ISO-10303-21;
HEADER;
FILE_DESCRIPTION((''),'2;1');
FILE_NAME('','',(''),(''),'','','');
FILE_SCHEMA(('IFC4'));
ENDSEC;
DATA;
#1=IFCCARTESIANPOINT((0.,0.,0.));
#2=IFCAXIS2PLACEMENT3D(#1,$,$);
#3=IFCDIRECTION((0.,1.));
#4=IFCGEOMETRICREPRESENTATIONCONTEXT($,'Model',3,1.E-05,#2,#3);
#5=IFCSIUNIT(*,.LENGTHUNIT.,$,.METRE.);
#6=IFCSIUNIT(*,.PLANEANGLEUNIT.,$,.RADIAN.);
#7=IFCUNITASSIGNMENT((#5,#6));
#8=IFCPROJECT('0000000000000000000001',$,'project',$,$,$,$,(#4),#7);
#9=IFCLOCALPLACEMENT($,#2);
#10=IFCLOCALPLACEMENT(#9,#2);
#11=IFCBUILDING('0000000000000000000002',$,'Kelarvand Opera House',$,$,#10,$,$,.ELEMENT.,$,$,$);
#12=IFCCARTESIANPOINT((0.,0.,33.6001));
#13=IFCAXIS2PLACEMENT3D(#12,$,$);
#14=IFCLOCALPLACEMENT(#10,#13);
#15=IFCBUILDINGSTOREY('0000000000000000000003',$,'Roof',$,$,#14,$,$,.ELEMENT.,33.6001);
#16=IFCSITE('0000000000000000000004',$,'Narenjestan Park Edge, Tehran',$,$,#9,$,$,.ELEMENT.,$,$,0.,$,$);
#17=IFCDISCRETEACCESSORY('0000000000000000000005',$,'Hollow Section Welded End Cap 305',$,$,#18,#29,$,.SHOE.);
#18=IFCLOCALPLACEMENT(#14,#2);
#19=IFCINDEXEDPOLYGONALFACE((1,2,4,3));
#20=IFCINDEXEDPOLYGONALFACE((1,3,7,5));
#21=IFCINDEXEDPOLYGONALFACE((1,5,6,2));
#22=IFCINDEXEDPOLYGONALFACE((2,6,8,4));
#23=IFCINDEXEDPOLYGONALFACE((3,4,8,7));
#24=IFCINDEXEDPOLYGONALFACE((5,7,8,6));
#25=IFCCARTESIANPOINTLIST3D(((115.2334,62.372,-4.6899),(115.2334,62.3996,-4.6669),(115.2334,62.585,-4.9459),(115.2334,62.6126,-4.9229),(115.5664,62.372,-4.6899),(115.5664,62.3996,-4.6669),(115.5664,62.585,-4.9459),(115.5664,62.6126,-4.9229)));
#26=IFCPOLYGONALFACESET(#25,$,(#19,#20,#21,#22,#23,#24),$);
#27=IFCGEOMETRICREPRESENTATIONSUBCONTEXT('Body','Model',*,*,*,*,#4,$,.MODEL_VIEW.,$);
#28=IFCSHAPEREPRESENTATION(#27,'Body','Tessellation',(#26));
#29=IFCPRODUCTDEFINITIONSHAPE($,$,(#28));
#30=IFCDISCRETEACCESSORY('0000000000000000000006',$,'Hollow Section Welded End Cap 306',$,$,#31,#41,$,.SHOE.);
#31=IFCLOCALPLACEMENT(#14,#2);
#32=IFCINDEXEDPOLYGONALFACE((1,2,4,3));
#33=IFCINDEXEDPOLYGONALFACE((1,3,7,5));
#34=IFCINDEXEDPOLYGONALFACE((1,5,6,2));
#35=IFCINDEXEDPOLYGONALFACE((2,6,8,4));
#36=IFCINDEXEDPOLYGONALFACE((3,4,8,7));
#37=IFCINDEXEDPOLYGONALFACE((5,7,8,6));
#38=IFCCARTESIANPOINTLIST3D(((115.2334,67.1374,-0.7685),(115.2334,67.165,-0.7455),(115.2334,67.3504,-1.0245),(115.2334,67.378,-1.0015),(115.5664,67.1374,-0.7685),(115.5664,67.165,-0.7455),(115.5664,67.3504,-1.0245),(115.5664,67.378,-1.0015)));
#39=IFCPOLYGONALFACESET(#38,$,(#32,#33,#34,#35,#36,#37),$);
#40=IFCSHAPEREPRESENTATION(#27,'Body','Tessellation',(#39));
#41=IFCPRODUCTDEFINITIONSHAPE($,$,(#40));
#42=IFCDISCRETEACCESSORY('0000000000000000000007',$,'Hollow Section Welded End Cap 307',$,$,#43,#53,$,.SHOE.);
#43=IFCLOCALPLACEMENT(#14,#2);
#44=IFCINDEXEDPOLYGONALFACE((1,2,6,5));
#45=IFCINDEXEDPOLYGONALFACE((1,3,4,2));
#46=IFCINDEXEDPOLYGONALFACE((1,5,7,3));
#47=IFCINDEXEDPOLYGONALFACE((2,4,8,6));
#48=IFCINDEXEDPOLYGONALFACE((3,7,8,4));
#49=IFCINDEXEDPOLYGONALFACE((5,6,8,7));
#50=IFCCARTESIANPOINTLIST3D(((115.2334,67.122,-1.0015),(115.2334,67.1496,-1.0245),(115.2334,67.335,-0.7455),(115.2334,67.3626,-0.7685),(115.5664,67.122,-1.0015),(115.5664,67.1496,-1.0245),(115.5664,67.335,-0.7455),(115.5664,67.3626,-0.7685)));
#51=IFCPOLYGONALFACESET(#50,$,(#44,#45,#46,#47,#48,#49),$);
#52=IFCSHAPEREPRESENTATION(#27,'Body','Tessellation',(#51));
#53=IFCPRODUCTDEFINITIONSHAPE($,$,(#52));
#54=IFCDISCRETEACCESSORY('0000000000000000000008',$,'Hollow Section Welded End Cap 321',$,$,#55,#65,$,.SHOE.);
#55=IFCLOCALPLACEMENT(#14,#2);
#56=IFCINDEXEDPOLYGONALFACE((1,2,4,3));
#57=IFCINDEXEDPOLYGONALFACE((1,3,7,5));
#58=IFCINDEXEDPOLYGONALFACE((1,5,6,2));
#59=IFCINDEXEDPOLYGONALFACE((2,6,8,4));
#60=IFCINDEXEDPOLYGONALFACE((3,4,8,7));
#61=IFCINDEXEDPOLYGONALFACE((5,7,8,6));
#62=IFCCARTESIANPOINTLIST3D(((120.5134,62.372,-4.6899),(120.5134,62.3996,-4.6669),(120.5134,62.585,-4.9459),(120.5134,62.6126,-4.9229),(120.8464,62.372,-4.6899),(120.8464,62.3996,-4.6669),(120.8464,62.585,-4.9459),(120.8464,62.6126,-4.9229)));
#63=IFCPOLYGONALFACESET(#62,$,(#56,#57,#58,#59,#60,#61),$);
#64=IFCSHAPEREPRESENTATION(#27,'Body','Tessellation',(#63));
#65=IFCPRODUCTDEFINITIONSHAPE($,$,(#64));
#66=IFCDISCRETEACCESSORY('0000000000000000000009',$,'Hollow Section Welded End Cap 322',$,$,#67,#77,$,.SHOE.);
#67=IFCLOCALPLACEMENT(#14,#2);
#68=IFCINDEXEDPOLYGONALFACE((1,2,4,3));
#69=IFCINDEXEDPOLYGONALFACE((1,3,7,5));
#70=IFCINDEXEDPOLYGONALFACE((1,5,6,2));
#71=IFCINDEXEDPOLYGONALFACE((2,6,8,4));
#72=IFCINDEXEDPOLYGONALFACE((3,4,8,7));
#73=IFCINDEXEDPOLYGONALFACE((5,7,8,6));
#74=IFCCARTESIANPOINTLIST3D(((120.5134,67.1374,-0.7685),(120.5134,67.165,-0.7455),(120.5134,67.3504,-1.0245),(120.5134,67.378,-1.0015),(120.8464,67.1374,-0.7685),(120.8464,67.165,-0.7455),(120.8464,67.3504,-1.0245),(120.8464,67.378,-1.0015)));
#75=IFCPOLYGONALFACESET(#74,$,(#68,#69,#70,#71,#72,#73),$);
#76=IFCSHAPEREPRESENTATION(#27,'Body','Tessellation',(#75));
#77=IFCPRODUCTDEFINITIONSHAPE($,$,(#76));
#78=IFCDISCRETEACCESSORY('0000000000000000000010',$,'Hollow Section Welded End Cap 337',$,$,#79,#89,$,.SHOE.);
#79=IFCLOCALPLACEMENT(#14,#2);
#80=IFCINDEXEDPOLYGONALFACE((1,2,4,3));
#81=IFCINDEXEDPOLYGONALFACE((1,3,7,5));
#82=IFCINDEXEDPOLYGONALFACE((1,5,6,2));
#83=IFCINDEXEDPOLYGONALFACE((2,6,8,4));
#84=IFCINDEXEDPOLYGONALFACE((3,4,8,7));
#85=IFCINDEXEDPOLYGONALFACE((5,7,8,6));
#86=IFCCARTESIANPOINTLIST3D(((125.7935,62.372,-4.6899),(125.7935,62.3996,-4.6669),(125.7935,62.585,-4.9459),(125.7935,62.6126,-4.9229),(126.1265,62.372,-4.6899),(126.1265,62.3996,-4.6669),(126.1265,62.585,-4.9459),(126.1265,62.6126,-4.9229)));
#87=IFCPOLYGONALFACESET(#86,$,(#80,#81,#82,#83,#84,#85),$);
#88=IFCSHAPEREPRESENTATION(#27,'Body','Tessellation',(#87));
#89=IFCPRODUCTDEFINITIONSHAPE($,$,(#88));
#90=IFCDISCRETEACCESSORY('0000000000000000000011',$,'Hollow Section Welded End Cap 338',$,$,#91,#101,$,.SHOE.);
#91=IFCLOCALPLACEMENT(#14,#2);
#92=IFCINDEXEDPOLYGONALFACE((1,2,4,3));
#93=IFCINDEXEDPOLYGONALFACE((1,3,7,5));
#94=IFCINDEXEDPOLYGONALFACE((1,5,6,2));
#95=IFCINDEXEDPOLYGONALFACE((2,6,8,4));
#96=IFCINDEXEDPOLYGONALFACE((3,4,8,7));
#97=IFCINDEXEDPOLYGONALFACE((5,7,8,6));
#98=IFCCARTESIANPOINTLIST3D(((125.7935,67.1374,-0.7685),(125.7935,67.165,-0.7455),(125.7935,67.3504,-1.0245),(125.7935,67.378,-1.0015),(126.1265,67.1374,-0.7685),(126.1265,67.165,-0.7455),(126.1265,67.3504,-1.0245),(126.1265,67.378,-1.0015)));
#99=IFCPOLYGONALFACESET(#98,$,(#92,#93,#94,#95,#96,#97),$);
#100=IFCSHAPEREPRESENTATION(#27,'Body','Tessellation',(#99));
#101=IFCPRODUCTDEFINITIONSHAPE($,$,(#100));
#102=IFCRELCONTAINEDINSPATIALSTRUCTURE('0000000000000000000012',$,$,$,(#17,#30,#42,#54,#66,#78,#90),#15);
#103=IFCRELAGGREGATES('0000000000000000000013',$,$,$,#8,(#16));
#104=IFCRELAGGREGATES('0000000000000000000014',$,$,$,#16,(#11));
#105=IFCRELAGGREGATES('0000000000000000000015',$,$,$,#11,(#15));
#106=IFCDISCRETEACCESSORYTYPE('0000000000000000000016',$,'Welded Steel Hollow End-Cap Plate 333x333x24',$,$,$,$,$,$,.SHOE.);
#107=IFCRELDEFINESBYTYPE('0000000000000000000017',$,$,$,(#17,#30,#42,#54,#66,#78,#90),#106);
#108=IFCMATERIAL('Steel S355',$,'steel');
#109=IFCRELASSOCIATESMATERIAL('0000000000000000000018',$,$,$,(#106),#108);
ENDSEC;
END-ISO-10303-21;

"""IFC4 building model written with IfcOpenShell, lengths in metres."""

from ifc_helpers import new_model, si_unit, direction, frame, origin, origin_2d, place, context, subcontext, project, spatial, rectangle, extrude, material, material_profile, profile_set, type_object, element, save


model = new_model("IFC4")

# Units and contexts
model_context = context("Model", 3, precision=1e-05, world=origin(), true_north=direction((0.0, 1.0)))
body_context = subcontext(model_context, "Body", "Model", "MODEL_VIEW")
ifc_project = project(units=[si_unit("LENGTHUNIT", "METRE"), si_unit("PLANEANGLEUNIT", "RADIAN")], contexts=[model_context])

# Site, building, storey
site_placement = place(None, origin())
site = spatial("IfcSite", under=ifc_project, at=site_placement, Name="Narenjestan Park Edge, Tehran", CompositionType="ELEMENT", RefElevation=0.0)
building_placement = place(site_placement, origin())
building = spatial("IfcBuilding", under=site, at=building_placement, Name="Kelarvand Opera House", CompositionType="ELEMENT")
storey_placement = place(building_placement, frame((0.0, 0.0, 33.6001)))
storey = spatial("IfcBuildingStorey", under=building, at=storey_placement, Name="Roof", CompositionType="ELEMENT", Elevation=33.6001)

# Shared definitions
ifc_material = material(Name="Steel S355", Category="steel")

# Discrete accessories
ifc_material_profile_1 = material_profile(ifc_material, rectangle(XDim=0.333, YDim=0.333, at=origin_2d()), Name="Welded Steel Hollow End-Cap Plate 333x333x24", Category="steel")
ifc_profile_set_1 = profile_set([ifc_material_profile_1], Name="Steel S355")
discrete_accessory_type = type_object("IfcDiscreteAccessoryType", Name="Welded Steel Hollow End-Cap Plate 333x333x24", PredefinedType="SHOE", material=ifc_profile_set_1)
for number, where, z_axis, x_axis, name in (
    (1, (115.3999, 62.5061, -4.7949), (0.0, -0.768779, -0.639515), (1.0, 0.0, 0.0), "Hollow Section Welded End Cap 305"),
    (2, (115.3999, 67.2439, -0.8965), (0.0, 0.768779, 0.639515), (-1.0, 0.0, 0.0), "Hollow Section Welded End Cap 306"),
    (3, (115.3999, 67.2561, -0.8965), (0.0, -0.768779, 0.639515), (1.0, 0.0, 0.0), "Hollow Section Welded End Cap 307"),
    (4, (120.6799, 62.5061, -4.7949), (0.0, -0.768779, -0.639515), (1.0, 0.0, 0.0), "Hollow Section Welded End Cap 321"),
    (5, (120.6799, 67.2439, -0.8965), (0.0, 0.768779, 0.639515), (-1.0, 0.0, 0.0), "Hollow Section Welded End Cap 322"),
    (6, (125.96, 62.5061, -4.7949), (0.0, -0.768779, -0.639515), (1.0, 0.0, 0.0), "Hollow Section Welded End Cap 337"),
    (7, (125.96, 67.2439, -0.8965), (0.0, 0.768779, 0.639515), (-1.0, 0.0, 0.0), "Hollow Section Welded End Cap 338"),
):
    element("IfcDiscreteAccessory", number, at=place(storey_placement, frame(where, z_axis=z_axis, x_axis=x_axis)), inside=storey, type_object=discrete_accessory_type, Name=name, PredefinedType="SHOE", context=body_context, shape_type="SweptSolid", body=[
        extrude(rectangle(XDim=0.333, YDim=0.333, at=origin_2d()), origin(), (0.0, 0.0, 1.0), 0.0359),
    ])

save(model, "model.ifc")
